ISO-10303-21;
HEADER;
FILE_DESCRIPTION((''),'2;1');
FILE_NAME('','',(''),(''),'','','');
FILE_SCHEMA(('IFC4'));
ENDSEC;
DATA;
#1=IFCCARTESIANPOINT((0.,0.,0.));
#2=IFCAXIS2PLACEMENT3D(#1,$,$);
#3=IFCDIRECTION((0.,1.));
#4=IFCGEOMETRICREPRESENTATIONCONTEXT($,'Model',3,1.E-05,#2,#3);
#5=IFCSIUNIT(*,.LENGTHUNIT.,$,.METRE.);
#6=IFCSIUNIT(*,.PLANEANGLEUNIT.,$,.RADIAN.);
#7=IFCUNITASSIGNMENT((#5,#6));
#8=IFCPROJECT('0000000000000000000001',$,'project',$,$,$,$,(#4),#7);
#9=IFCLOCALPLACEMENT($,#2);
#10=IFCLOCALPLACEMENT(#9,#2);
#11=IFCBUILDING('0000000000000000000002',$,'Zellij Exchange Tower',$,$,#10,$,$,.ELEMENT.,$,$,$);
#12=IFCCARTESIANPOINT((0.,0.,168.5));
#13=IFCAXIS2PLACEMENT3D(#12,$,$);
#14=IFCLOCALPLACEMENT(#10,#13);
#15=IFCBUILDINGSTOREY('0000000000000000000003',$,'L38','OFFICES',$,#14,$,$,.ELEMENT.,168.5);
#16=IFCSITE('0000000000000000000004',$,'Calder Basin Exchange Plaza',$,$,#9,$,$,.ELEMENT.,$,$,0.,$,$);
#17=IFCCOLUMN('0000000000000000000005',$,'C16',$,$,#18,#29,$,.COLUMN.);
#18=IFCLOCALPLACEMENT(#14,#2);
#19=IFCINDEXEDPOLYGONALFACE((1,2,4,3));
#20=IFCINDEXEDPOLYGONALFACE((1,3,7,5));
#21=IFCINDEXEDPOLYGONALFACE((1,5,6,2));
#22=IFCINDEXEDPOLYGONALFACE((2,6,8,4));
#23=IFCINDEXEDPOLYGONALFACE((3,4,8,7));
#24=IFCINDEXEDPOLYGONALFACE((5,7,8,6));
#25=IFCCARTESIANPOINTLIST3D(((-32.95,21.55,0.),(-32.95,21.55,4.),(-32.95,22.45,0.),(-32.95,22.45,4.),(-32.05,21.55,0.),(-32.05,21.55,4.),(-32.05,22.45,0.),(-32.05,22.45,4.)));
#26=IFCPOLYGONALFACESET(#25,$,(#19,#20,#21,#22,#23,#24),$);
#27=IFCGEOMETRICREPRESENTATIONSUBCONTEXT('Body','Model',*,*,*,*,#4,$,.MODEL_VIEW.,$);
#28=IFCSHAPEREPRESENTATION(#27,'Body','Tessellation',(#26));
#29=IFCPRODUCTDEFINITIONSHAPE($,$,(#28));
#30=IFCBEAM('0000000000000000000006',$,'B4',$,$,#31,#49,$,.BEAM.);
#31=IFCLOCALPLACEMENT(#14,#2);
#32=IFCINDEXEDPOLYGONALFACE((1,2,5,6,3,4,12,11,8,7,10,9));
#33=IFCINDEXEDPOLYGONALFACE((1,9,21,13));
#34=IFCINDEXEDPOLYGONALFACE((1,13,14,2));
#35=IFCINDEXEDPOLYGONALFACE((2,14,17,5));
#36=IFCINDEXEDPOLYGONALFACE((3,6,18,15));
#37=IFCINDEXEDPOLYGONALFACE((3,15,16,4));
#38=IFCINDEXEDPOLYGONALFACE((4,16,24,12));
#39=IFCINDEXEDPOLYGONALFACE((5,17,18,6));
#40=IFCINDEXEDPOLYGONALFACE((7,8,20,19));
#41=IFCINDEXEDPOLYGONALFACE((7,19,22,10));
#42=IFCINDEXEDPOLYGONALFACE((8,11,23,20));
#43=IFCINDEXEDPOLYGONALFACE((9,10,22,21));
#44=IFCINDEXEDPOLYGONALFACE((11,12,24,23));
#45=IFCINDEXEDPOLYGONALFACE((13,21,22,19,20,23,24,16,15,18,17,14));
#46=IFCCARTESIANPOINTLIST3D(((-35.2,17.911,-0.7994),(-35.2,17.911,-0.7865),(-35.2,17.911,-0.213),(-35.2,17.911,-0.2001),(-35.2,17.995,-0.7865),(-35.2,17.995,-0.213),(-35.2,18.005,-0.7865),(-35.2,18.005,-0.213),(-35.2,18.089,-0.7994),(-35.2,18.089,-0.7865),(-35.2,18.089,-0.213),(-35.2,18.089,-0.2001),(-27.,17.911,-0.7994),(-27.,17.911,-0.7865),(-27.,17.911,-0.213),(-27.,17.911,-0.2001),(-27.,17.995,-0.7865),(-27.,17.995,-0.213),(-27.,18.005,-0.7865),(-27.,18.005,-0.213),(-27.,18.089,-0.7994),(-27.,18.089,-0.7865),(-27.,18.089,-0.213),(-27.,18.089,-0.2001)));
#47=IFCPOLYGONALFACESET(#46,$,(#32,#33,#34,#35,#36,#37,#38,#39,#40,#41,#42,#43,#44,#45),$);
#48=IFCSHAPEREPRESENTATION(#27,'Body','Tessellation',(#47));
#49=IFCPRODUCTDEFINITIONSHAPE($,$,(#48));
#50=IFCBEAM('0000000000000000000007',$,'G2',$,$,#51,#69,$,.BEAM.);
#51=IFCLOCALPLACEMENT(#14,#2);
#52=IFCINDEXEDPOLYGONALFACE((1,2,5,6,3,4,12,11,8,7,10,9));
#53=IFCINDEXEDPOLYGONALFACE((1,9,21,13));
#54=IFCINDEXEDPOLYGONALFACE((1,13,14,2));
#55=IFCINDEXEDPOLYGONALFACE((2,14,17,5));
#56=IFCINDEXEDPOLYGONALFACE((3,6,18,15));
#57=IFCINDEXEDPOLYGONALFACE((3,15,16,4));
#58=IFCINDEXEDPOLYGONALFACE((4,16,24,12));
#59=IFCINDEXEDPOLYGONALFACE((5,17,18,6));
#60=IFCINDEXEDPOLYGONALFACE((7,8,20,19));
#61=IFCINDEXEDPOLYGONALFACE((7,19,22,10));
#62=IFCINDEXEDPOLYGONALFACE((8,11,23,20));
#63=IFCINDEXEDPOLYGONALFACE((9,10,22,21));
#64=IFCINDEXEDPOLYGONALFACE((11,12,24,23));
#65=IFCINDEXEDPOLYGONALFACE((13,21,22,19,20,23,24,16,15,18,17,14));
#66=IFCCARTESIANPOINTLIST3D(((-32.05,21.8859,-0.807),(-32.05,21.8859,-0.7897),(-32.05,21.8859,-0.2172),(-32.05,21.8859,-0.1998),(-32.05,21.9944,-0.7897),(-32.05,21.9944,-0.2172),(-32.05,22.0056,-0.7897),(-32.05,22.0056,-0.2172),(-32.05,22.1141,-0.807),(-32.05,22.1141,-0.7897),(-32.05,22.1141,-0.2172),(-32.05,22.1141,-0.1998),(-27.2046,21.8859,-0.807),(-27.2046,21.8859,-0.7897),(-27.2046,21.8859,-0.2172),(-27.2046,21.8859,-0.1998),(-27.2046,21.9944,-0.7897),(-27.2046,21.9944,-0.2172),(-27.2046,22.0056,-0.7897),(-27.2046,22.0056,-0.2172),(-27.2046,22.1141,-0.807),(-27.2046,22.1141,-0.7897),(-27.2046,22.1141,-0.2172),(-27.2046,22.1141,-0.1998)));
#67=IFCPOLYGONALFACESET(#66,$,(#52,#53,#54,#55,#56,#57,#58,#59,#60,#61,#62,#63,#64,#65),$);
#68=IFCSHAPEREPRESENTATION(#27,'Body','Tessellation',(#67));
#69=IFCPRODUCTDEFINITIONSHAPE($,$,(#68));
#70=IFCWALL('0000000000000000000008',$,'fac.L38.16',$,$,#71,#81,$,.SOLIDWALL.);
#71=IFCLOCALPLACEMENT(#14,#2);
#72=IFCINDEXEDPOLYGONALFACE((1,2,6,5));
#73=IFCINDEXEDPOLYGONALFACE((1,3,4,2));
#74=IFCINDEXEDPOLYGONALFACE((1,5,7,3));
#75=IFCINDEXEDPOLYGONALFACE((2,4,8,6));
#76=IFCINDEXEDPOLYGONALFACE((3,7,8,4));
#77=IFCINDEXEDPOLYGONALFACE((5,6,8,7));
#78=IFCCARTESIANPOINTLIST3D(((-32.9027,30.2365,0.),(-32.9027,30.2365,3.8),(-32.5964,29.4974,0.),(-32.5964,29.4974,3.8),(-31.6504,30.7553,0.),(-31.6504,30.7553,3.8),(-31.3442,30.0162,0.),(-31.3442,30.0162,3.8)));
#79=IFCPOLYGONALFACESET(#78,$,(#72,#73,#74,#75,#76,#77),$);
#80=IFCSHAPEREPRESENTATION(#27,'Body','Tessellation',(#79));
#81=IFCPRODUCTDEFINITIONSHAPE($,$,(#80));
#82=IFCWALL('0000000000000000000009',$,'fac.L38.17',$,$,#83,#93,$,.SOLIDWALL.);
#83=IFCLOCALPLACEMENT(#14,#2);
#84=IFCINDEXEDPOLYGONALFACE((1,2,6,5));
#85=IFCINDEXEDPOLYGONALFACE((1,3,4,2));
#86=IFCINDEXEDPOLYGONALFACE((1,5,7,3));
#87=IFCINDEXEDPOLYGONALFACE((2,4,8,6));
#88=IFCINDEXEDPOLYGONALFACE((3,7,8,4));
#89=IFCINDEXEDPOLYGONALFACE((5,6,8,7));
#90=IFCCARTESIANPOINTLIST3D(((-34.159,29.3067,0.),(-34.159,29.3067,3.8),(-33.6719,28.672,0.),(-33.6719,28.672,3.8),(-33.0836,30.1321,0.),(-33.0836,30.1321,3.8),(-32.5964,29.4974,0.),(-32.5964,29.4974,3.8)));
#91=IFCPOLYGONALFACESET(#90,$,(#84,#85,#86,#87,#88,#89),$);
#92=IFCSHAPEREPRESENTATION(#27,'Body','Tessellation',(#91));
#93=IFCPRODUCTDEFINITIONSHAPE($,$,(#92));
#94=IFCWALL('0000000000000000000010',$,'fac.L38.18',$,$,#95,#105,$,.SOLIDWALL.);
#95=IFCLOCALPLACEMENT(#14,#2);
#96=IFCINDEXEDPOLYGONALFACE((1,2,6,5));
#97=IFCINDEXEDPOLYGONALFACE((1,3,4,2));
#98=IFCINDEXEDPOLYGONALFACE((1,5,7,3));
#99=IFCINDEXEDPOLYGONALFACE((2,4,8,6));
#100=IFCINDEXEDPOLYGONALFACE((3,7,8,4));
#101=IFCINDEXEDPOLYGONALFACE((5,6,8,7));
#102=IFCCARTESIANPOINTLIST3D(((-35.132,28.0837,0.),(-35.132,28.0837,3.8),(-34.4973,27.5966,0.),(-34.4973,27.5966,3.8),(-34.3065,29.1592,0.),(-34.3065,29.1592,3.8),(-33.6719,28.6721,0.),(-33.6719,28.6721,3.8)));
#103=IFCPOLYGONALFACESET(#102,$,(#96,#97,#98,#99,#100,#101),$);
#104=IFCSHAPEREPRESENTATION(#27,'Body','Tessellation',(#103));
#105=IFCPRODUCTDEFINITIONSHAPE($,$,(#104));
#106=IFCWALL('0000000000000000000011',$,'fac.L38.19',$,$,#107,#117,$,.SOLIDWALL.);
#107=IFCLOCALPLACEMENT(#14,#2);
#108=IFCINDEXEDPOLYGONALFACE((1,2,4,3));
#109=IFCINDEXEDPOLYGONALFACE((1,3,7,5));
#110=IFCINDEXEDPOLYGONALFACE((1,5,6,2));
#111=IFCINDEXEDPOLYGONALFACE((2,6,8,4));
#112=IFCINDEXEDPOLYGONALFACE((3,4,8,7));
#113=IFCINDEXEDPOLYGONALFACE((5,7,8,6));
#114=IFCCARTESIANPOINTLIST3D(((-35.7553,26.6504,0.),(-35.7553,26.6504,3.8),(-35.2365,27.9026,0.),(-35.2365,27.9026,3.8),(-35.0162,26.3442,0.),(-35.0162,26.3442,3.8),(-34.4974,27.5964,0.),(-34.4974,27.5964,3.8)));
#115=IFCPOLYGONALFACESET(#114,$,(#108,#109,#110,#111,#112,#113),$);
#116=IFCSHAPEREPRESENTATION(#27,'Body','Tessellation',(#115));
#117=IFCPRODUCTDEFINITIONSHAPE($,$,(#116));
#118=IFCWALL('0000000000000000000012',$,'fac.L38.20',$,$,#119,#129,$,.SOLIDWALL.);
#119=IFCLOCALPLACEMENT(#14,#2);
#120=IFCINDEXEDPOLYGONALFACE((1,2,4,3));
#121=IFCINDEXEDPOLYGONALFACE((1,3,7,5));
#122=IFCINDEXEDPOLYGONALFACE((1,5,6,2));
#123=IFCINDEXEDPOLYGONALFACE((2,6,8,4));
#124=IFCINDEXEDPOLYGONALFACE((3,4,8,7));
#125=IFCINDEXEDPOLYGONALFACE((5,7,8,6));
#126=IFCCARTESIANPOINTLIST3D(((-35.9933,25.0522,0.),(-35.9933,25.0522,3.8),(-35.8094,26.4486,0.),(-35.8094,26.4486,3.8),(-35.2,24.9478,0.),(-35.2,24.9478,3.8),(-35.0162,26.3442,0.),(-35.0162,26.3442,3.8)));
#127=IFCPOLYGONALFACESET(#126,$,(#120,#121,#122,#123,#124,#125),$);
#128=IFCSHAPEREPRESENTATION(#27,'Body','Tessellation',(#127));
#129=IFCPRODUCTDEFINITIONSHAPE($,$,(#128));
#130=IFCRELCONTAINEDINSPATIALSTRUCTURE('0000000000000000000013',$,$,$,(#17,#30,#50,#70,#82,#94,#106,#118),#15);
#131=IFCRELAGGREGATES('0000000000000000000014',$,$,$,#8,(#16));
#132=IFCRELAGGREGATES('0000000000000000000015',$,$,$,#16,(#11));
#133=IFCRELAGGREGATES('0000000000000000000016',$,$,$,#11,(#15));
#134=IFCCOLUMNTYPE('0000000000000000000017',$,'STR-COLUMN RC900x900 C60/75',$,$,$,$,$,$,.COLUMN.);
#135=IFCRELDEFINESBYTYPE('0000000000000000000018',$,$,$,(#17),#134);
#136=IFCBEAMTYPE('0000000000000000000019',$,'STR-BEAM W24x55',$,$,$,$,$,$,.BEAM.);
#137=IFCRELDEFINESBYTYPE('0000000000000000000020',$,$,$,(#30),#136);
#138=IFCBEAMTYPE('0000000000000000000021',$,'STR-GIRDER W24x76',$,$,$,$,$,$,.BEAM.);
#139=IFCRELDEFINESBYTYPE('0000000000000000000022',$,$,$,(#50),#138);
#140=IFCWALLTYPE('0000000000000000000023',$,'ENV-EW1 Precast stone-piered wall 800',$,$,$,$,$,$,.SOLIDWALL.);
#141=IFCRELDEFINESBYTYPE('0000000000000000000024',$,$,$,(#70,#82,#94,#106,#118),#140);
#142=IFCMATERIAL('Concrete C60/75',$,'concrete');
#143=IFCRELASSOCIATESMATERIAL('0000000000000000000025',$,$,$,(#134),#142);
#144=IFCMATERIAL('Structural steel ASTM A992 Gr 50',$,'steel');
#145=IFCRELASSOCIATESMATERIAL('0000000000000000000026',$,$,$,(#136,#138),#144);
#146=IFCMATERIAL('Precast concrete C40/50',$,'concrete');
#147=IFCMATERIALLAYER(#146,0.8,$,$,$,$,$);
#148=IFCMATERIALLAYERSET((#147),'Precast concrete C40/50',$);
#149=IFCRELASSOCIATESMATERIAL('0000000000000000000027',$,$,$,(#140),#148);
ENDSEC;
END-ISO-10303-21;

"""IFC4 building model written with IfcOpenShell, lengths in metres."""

from ifc_helpers import new_model, si_unit, direction, frame, frame_2d, origin, origin_2d, place, context, subcontext, project, spatial, rectangle, i_section, extrude, material, layer, layer_set, material_profile, profile_set, type_object, element, save


model = new_model("IFC4")

# Units and contexts
model_context = context("Model", 3, precision=1e-05, world=origin(), true_north=direction((0.0, 1.0)))
body_context = subcontext(model_context, "Body", "Model", "MODEL_VIEW")
ifc_project = project(units=[si_unit("LENGTHUNIT", "METRE"), si_unit("PLANEANGLEUNIT", "RADIAN")], contexts=[model_context])

# Site, building, storey
site_placement = place(None, origin())
site = spatial("IfcSite", under=ifc_project, at=site_placement, Name="Calder Basin Exchange Plaza", CompositionType="ELEMENT", RefElevation=0.0)
building_placement = place(site_placement, origin())
building = spatial("IfcBuilding", under=site, at=building_placement, Name="Zellij Exchange Tower", CompositionType="ELEMENT")
storey_placement = place(building_placement, frame((0.0, 0.0, 168.5)))
storey = spatial("IfcBuildingStorey", under=building, at=storey_placement, Name="L38", Description="OFFICES", CompositionType="ELEMENT", Elevation=168.5)

# Column
ifc_material_1 = material(Name="Concrete C60/75", Category="concrete")
ifc_material_profile_1 = material_profile(ifc_material_1, rectangle(XDim=0.8999, YDim=0.8999, at=origin_2d()), Name="STR-COLUMN RC900x900 C60/75")
ifc_profile_set_1 = profile_set([ifc_material_profile_1], Name="Concrete C60/75")
column_type = type_object("IfcColumnType", Name="STR-COLUMN RC900x900 C60/75", PredefinedType="COLUMN", material=ifc_profile_set_1)
column_placement = place(storey_placement, frame((-32.5, 22.0, 0.0), z_axis=(0.0, 0.0, 1.0), x_axis=(1.0, 0.0, 0.0)))
element("IfcColumn", 1, at=column_placement, inside=storey, type_object=column_type, Name="C16", PredefinedType="COLUMN", context=body_context, shape_type="SweptSolid", body=[
    extrude(rectangle(XDim=0.8999, YDim=0.8999, at=origin_2d()), origin(), (0.0, 0.0, 1.0), 4.0),
])

# Beams
ifc_material_2 = material(Name="Structural steel ASTM A992 Gr 50", Category="steel")
ifc_material_profile_2 = material_profile(ifc_material_2, i_section(OverallWidth=0.178, OverallDepth=0.5994, WebThickness=0.01, FlangeThickness=0.0129, at=origin_2d()), Name="W24x55")
ifc_profile_set_2 = profile_set([ifc_material_profile_2], Name="Structural steel ASTM A992 Gr 50")
beam_type_1 = type_object("IfcBeamType", Name="STR-BEAM W24x55", PredefinedType="BEAM", material=ifc_profile_set_2)
beam_1_placement = place(storey_placement, frame((-35.2, 18.0, -0.4998), z_axis=(1.0, 0.0, 0.0), x_axis=(0.0, 1.0, 0.0)))
element("IfcBeam", 2, at=beam_1_placement, inside=storey, type_object=beam_type_1, Name="B4", PredefinedType="BEAM", context=body_context, shape_type="SweptSolid", body=[
    extrude(i_section(OverallWidth=0.178, OverallDepth=0.5994, WebThickness=0.01, FlangeThickness=0.0129, at=origin_2d()), origin(), (0.0, 0.0, 1.0), 8.2),
])
ifc_material_profile_3 = material_profile(ifc_material_2, i_section(OverallWidth=0.2283, OverallDepth=0.6072, WebThickness=0.0112, FlangeThickness=0.0173, at=origin_2d()), Name="W24x76")
ifc_profile_set_3 = profile_set([ifc_material_profile_3], Name="Structural steel ASTM A992 Gr 50")
beam_type_2 = type_object("IfcBeamType", Name="STR-GIRDER W24x76", PredefinedType="BEAM", material=ifc_profile_set_3)
beam_2_placement = place(storey_placement, frame((-32.05, 22.0, -0.5034), z_axis=(1.0, 0.0, 0.0), x_axis=(0.0, 1.0, 0.0)))
element("IfcBeam", 3, at=beam_2_placement, inside=storey, type_object=beam_type_2, Name="G2", PredefinedType="BEAM", context=body_context, shape_type="SweptSolid", body=[
    extrude(i_section(OverallWidth=0.2283, OverallDepth=0.6072, WebThickness=0.0112, FlangeThickness=0.0173, at=origin_2d()), origin(), (0.0, 0.0, 1.0), 4.8455),
])

# Walls
ifc_material_3 = material(Name="Precast concrete C40/50", Category="concrete")
ifc_layer_1 = layer(ifc_material_3, 0.8)
ifc_layer_set_1 = layer_set([ifc_layer_1], Name="Precast concrete C40/50")
wall_type_1 = type_object("IfcWallType", Name="ENV-EW1 Precast stone-piered wall 800", PredefinedType="SOLIDWALL", material=ifc_layer_set_1)
wall_1_placement = place(storey_placement, frame((-31.4973, 30.3857, 0.0), z_axis=(0.0, 0.0, 1.0), x_axis=(-0.923848, -0.38276, 0.0)))
element("IfcWall", 4, at=wall_1_placement, inside=storey, type_object=wall_type_1, Name="fac.L38.16", PredefinedType="SOLIDWALL", context=body_context, shape_type="SweptSolid", body=[
    extrude(rectangle(XDim=1.3555, YDim=0.8, at=frame_2d((0.6777, 0.0))), origin(), (0.0, 0.0, 1.0), 3.8),
])
for number, where, z_axis, x_axis, name in (
    (5, (-32.8401, 29.8147, 0.0), (0.0, 0.0, 1.0), (-0.793273, -0.608866, 0.0), "fac.L38.17"),
    (6, (-33.9893, 28.9155, 0.0), (0.0, 0.0, 1.0), (-0.608866, -0.793273, 0.0), "fac.L38.18"),
):
    element("IfcWall", number, at=place(storey_placement, frame(where, z_axis=z_axis, x_axis=x_axis)), inside=storey, type_object=wall_type_1, Name=name, PredefinedType="SOLIDWALL", context=body_context, shape_type="SweptSolid", body=[
        extrude(rectangle(XDim=1.3557, YDim=0.8, at=frame_2d((0.6777, 0.0))), origin(), (0.0, 0.0, 1.0), 3.8),
    ])
wall_2_placement = place(storey_placement, frame((-34.8669, 27.7495, 0.0), z_axis=(0.0, 0.0, 1.0), x_axis=(-0.38276, -0.923848, 0.0)))
element("IfcWall", 7, at=wall_2_placement, inside=storey, type_object=wall_type_1, Name="fac.L38.19", PredefinedType="SOLIDWALL", context=body_context, shape_type="SweptSolid", body=[
    extrude(rectangle(XDim=1.3555, YDim=0.8, at=frame_2d((0.6777, 0.0))), origin(), (0.0, 0.0, 1.0), 3.8),
])
wall_3_placement = place(storey_placement, frame((-35.4128, 26.3962, 0.0), z_axis=(0.0, 0.0, 1.0), x_axis=(-0.130517, -0.991446, 0.0)))
element("IfcWall", 8, at=wall_3_placement, inside=storey, type_object=wall_type_1, Name="fac.L38.20", PredefinedType="SOLIDWALL", context=body_context, shape_type="SweptSolid", body=[
    extrude(rectangle(XDim=1.4084, YDim=0.8, at=frame_2d((0.7041, 0.0))), origin(), (0.0, 0.0, 1.0), 3.8),
])

save(model, "model.ifc")
